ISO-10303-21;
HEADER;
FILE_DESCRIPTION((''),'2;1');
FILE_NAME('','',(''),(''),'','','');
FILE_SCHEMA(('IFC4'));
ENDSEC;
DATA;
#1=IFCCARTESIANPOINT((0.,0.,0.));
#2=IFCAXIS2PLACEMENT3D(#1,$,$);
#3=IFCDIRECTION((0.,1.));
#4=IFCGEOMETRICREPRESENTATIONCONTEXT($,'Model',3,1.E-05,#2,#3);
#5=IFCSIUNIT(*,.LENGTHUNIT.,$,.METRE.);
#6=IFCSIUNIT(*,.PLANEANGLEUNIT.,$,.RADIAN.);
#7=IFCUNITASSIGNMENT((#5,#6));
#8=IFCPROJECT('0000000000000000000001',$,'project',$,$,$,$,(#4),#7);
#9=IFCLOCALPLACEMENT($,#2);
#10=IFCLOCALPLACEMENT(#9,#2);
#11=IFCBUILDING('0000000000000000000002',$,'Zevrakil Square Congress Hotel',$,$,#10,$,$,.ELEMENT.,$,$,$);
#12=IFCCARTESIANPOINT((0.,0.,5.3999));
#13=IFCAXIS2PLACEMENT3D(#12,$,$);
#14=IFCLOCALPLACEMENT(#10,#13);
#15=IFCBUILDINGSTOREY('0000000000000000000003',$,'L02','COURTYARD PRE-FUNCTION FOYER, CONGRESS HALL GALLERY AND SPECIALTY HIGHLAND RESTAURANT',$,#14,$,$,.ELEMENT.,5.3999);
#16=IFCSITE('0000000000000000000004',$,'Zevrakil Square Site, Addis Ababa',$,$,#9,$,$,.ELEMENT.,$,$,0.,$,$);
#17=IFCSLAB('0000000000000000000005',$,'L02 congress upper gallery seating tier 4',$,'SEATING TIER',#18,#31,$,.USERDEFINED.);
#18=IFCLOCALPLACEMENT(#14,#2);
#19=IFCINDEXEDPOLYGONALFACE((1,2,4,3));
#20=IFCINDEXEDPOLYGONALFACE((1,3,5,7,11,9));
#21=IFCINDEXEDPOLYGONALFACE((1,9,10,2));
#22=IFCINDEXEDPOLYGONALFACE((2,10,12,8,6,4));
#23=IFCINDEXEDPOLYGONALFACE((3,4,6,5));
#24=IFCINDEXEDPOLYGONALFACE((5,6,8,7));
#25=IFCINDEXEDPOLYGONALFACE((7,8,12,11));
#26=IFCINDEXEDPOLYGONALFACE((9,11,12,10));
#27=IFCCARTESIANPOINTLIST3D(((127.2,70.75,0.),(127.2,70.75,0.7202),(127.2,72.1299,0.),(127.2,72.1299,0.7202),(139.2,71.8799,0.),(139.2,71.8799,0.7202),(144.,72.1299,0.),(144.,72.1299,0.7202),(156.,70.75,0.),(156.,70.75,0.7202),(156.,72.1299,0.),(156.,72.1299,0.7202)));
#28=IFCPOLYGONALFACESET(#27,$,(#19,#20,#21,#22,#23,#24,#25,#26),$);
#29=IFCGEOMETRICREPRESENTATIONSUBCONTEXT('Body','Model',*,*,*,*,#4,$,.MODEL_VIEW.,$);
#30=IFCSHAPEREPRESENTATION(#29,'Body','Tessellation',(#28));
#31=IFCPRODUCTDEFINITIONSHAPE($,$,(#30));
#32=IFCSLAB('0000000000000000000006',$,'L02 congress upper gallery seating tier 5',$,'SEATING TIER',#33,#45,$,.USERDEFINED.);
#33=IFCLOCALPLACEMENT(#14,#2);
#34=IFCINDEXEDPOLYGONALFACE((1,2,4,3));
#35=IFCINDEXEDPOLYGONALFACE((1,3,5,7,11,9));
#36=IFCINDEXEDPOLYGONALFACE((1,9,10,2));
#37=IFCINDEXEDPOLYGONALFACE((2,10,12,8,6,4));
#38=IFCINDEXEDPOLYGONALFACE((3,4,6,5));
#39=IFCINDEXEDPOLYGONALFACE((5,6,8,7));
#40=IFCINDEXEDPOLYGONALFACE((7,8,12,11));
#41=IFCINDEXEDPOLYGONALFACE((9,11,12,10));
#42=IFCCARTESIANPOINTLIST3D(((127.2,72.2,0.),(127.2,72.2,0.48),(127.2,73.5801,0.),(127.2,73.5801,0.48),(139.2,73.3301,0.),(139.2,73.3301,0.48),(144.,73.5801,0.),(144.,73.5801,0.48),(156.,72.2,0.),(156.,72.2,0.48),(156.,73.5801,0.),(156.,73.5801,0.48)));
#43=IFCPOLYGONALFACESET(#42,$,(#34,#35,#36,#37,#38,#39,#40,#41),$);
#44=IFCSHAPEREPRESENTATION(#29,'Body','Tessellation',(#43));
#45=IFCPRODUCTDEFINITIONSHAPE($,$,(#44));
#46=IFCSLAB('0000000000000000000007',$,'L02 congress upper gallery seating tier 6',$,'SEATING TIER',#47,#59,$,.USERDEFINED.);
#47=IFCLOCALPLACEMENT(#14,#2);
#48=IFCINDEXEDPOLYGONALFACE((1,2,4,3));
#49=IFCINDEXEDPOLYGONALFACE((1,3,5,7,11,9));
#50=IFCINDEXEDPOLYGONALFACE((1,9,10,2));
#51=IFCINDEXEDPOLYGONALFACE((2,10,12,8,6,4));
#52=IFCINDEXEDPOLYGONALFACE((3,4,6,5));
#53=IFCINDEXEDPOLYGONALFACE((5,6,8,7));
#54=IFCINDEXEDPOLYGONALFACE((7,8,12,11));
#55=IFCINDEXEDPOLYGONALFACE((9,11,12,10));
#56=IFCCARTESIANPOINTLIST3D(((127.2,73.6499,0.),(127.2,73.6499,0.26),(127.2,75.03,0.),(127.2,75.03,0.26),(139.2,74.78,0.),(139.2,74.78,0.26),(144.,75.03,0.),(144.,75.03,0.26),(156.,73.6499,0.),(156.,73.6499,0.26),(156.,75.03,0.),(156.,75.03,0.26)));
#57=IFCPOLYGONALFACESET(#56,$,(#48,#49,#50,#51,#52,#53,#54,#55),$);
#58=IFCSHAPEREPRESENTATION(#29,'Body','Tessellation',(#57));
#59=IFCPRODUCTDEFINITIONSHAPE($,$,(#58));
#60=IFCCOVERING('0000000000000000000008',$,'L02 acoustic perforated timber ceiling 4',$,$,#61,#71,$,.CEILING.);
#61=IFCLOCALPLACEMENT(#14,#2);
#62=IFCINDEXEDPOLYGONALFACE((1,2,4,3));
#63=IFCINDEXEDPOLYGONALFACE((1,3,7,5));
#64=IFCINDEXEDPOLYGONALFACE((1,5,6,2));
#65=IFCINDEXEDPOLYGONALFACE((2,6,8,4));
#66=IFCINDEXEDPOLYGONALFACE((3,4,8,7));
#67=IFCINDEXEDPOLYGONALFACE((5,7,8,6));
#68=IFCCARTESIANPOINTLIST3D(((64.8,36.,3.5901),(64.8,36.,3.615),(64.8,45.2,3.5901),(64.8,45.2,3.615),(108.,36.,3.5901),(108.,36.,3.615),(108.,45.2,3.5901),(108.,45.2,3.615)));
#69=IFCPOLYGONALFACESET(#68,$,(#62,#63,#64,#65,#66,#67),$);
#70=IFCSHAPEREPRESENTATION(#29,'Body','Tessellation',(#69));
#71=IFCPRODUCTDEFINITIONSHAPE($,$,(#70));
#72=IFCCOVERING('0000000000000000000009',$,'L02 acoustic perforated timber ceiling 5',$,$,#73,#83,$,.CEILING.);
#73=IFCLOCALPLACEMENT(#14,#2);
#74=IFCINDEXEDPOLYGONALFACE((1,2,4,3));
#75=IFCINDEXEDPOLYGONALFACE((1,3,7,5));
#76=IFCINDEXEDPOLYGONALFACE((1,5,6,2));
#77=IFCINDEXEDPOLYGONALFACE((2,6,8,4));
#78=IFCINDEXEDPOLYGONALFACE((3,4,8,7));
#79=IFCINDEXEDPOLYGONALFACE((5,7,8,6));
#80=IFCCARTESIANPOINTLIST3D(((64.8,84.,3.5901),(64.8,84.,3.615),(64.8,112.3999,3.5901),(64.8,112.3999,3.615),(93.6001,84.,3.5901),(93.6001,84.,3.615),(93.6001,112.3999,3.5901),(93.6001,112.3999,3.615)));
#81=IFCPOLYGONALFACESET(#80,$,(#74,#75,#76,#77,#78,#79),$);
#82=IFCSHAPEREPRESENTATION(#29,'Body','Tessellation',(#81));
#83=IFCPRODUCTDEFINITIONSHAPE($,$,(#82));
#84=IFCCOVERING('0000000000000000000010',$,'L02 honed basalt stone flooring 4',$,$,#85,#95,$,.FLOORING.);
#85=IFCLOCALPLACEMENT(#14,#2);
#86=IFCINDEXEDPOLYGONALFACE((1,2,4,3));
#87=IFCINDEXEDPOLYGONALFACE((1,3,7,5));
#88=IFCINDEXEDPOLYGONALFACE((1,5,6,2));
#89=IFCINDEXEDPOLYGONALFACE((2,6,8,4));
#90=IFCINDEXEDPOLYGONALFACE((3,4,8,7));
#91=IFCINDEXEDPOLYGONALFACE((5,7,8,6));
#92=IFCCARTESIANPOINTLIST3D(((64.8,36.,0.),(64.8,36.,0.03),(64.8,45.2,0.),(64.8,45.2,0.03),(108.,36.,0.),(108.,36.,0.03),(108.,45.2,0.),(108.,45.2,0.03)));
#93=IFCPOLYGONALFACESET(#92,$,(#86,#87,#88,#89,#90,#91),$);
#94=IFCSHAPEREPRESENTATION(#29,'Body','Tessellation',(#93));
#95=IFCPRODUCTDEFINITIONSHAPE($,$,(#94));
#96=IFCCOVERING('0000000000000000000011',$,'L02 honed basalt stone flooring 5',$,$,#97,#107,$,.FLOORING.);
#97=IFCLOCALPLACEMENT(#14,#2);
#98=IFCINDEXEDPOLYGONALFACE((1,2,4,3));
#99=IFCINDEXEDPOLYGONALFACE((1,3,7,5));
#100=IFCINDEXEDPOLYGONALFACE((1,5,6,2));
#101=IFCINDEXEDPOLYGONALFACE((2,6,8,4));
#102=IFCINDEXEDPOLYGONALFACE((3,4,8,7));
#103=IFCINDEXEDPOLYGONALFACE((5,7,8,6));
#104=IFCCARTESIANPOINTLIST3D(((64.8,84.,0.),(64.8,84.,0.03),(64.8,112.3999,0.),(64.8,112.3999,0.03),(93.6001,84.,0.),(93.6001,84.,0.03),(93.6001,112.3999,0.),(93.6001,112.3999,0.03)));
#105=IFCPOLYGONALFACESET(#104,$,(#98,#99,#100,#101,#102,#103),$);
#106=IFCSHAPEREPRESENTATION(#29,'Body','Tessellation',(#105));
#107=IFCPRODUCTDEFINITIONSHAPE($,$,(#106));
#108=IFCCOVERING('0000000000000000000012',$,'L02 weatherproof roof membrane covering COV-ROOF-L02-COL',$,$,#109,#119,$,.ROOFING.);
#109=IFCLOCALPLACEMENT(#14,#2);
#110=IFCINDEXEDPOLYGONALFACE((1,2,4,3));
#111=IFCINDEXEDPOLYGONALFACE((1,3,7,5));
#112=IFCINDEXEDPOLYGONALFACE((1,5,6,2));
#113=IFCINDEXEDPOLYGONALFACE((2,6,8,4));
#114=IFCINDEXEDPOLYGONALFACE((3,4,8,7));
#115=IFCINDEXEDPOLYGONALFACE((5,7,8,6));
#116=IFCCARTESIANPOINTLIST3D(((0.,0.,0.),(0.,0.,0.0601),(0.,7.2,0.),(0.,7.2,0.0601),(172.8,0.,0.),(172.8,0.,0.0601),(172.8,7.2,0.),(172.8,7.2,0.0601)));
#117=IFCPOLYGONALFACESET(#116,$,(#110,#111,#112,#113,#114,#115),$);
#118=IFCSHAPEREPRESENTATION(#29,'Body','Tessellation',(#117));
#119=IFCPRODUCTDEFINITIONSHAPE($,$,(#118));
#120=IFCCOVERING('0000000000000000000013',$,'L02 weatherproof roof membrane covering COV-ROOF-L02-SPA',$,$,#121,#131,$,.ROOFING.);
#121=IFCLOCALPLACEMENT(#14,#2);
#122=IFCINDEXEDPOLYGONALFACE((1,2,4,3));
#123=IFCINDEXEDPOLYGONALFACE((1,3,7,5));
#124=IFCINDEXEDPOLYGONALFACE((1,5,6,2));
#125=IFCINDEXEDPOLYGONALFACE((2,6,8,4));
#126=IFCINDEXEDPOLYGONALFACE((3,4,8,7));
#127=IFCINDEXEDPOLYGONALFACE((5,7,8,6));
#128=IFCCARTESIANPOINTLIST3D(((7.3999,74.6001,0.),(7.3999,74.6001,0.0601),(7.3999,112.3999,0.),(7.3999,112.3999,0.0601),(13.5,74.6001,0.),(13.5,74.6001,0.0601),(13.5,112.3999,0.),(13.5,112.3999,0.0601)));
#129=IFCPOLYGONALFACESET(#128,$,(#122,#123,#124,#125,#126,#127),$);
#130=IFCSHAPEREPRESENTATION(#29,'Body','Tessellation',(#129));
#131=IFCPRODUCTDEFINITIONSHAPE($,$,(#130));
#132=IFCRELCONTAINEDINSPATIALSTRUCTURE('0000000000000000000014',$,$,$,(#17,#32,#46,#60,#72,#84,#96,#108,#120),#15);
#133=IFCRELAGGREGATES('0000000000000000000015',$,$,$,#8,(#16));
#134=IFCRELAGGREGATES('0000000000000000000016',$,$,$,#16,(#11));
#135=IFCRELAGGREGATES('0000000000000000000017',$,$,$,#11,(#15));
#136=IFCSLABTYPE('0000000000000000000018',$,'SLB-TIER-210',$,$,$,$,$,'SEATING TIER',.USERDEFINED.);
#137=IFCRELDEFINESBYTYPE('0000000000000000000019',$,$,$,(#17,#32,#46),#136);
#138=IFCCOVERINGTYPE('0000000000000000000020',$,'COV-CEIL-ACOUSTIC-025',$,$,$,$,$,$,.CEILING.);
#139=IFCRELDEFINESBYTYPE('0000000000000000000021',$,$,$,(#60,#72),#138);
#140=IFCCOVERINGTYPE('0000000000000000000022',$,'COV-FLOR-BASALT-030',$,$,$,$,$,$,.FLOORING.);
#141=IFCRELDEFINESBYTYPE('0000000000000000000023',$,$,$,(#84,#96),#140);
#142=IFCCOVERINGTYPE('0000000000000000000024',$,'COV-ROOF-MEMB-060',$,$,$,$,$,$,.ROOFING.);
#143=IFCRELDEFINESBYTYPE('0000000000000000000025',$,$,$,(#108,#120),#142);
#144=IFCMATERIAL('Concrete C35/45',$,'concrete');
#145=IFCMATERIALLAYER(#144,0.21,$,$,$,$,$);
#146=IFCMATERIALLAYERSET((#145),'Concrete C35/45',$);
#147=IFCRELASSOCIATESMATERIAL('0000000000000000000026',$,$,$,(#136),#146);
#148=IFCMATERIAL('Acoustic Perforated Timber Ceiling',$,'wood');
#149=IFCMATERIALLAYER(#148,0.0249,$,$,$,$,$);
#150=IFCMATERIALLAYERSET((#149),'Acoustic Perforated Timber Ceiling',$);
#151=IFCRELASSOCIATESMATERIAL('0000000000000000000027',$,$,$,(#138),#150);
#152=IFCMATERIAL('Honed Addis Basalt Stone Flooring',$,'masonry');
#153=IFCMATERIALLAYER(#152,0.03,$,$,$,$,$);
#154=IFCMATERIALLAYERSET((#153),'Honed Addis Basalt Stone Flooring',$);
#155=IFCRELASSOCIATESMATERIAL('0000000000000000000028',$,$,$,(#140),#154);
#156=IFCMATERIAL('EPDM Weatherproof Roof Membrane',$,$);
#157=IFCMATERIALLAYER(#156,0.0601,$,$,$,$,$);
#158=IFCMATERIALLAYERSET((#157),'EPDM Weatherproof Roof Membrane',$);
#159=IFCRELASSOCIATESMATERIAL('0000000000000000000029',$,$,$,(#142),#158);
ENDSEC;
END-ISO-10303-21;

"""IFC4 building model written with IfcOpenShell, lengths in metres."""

from ifc_helpers import new_model, si_unit, direction, frame, origin, place, context, subcontext, project, spatial, polyline, outline, extrude, material, layer, layer_set, type_object, element, save


model = new_model("IFC4")

# Units and contexts
model_context = context("Model", 3, precision=1e-05, world=origin(), true_north=direction((0.0, 1.0)))
body_context = subcontext(model_context, "Body", "Model", "MODEL_VIEW")
ifc_project = project(units=[si_unit("LENGTHUNIT", "METRE"), si_unit("PLANEANGLEUNIT", "RADIAN")], contexts=[model_context])

# Site, building, storey
site_placement = place(None, origin())
site = spatial("IfcSite", under=ifc_project, at=site_placement, Name="Zevrakil Square Site, Addis Ababa", CompositionType="ELEMENT", RefElevation=0.0)
building_placement = place(site_placement, origin())
building = spatial("IfcBuilding", under=site, at=building_placement, Name="Zevrakil Square Congress Hotel", CompositionType="ELEMENT")
storey_placement = place(building_placement, frame((0.0, 0.0, 5.3999)))
storey = spatial("IfcBuildingStorey", under=building, at=storey_placement, Name="L02", Description="COURTYARD PRE-FUNCTION FOYER, CONGRESS HALL GALLERY AND SPECIALTY HIGHLAND RESTAURANT", CompositionType="ELEMENT", Elevation=5.3999)

# Slabs
ifc_material_1 = material(Name="Concrete C35/45", Category="concrete")
ifc_layer_1 = layer(ifc_material_1, 0.21)
ifc_layer_set_1 = layer_set([ifc_layer_1], Name="Concrete C35/45")
slab_type_1 = type_object("IfcSlabType", Name="SLB-TIER-210", ElementType="SEATING TIER", PredefinedType="USERDEFINED", material=ifc_layer_set_1)
slab_1_placement = place(storey_placement, origin())
element("IfcSlab", 1, at=slab_1_placement, inside=storey, type_object=slab_type_1, Name="L02 congress upper gallery seating tier 4", ObjectType="SEATING TIER", PredefinedType="USERDEFINED", context=body_context, shape_type="SweptSolid", body=[
    extrude(outline(polyline([(127.2, 70.75), (156.0, 70.75), (156.0, 72.1299), (144.0, 72.1299), (139.2, 71.8799), (127.2, 72.1299), (127.2, 70.75)])), origin(), (0.0, 0.0, 1.0), 0.7202),
])
slab_2_placement = place(storey_placement, origin())
element("IfcSlab", 2, at=slab_2_placement, inside=storey, type_object=slab_type_1, Name="L02 congress upper gallery seating tier 5", ObjectType="SEATING TIER", PredefinedType="USERDEFINED", context=body_context, shape_type="SweptSolid", body=[
    extrude(outline(polyline([(127.2, 72.2), (156.0, 72.2), (156.0, 73.5801), (144.0, 73.5801), (139.2, 73.3301), (127.2, 73.5801), (127.2, 72.2)])), origin(), (0.0, 0.0, 1.0), 0.48),
])
slab_3_placement = place(storey_placement, origin())
element("IfcSlab", 3, at=slab_3_placement, inside=storey, type_object=slab_type_1, Name="L02 congress upper gallery seating tier 6", ObjectType="SEATING TIER", PredefinedType="USERDEFINED", context=body_context, shape_type="SweptSolid", body=[
    extrude(outline(polyline([(127.2, 73.6499), (156.0, 73.6499), (156.0, 75.03), (144.0, 75.03), (139.2, 74.78), (127.2, 75.03), (127.2, 73.6499)])), origin(), (0.0, 0.0, 1.0), 0.26),
])

# Coverings
ifc_material_2 = material(Name="Acoustic Perforated Timber Ceiling", Category="wood")
ifc_layer_2 = layer(ifc_material_2, 0.0249)
ifc_layer_set_2 = layer_set([ifc_layer_2], Name="Acoustic Perforated Timber Ceiling")
covering_type_1 = type_object("IfcCoveringType", Name="COV-CEIL-ACOUSTIC-025", PredefinedType="CEILING", material=ifc_layer_set_2)
covering_1_placement = place(storey_placement, frame((0.0, 0.0, 3.5901)))
element("IfcCovering", 4, at=covering_1_placement, inside=storey, type_object=covering_type_1, Name="L02 acoustic perforated timber ceiling 4", PredefinedType="CEILING", context=body_context, shape_type="SweptSolid", body=[
    extrude(outline(polyline([(64.8, 36.0), (108.0, 36.0), (108.0, 45.2), (64.8, 45.2), (64.8, 36.0)])), origin(), (0.0, 0.0, 1.0), 0.0249),
])
covering_2_placement = place(storey_placement, frame((0.0, 0.0, 3.5901)))
element("IfcCovering", 5, at=covering_2_placement, inside=storey, type_object=covering_type_1, Name="L02 acoustic perforated timber ceiling 5", PredefinedType="CEILING", context=body_context, shape_type="SweptSolid", body=[
    extrude(outline(polyline([(64.8, 84.0), (93.6001, 84.0), (93.6001, 112.3999), (64.8, 112.3999), (64.8, 84.0)])), origin(), (0.0, 0.0, 1.0), 0.0249),
])
ifc_material_3 = material(Name="Honed Addis Basalt Stone Flooring", Category="masonry")
ifc_layer_3 = layer(ifc_material_3, 0.03)
ifc_layer_set_3 = layer_set([ifc_layer_3], Name="Honed Addis Basalt Stone Flooring")
covering_type_2 = type_object("IfcCoveringType", Name="COV-FLOR-BASALT-030", PredefinedType="FLOORING", material=ifc_layer_set_3)
covering_3_placement = place(storey_placement, origin())
element("IfcCovering", 6, at=covering_3_placement, inside=storey, type_object=covering_type_2, Name="L02 honed basalt stone flooring 4", PredefinedType="FLOORING", context=body_context, shape_type="SweptSolid", body=[
    extrude(outline(polyline([(64.8, 36.0), (108.0, 36.0), (108.0, 45.2), (64.8, 45.2), (64.8, 36.0)])), origin(), (0.0, 0.0, 1.0), 0.03),
])
covering_4_placement = place(storey_placement, origin())
element("IfcCovering", 7, at=covering_4_placement, inside=storey, type_object=covering_type_2, Name="L02 honed basalt stone flooring 5", PredefinedType="FLOORING", context=body_context, shape_type="SweptSolid", body=[
    extrude(outline(polyline([(64.8, 84.0), (93.6001, 84.0), (93.6001, 112.3999), (64.8, 112.3999), (64.8, 84.0)])), origin(), (0.0, 0.0, 1.0), 0.03),
])
ifc_material_4 = material(Name="EPDM Weatherproof Roof Membrane")
ifc_layer_4 = layer(ifc_material_4, 0.0601)
ifc_layer_set_4 = layer_set([ifc_layer_4], Name="EPDM Weatherproof Roof Membrane")
covering_type_3 = type_object("IfcCoveringType", Name="COV-ROOF-MEMB-060", PredefinedType="ROOFING", material=ifc_layer_set_4)
covering_5_placement = place(storey_placement, origin())
element("IfcCovering", 8, at=covering_5_placement, inside=storey, type_object=covering_type_3, Name="L02 weatherproof roof membrane covering COV-ROOF-L02-COL", PredefinedType="ROOFING", context=body_context, shape_type="SweptSolid", body=[
    extrude(outline(polyline([(0.0, 0.0), (172.8, 0.0), (172.8, 7.2), (0.0, 7.2), (0.0, 0.0)])), origin(), (0.0, 0.0, 1.0), 0.0601),
])
covering_6_placement = place(storey_placement, origin())
element("IfcCovering", 9, at=covering_6_placement, inside=storey, type_object=covering_type_3, Name="L02 weatherproof roof membrane covering COV-ROOF-L02-SPA", PredefinedType="ROOFING", context=body_context, shape_type="SweptSolid", body=[
    extrude(outline(polyline([(7.3999, 74.6001), (13.5, 74.6001), (13.5, 112.3999), (7.3999, 112.3999), (7.3999, 74.6001)])), origin(), (0.0, 0.0, 1.0), 0.0601),
])

save(model, "model.ifc")
